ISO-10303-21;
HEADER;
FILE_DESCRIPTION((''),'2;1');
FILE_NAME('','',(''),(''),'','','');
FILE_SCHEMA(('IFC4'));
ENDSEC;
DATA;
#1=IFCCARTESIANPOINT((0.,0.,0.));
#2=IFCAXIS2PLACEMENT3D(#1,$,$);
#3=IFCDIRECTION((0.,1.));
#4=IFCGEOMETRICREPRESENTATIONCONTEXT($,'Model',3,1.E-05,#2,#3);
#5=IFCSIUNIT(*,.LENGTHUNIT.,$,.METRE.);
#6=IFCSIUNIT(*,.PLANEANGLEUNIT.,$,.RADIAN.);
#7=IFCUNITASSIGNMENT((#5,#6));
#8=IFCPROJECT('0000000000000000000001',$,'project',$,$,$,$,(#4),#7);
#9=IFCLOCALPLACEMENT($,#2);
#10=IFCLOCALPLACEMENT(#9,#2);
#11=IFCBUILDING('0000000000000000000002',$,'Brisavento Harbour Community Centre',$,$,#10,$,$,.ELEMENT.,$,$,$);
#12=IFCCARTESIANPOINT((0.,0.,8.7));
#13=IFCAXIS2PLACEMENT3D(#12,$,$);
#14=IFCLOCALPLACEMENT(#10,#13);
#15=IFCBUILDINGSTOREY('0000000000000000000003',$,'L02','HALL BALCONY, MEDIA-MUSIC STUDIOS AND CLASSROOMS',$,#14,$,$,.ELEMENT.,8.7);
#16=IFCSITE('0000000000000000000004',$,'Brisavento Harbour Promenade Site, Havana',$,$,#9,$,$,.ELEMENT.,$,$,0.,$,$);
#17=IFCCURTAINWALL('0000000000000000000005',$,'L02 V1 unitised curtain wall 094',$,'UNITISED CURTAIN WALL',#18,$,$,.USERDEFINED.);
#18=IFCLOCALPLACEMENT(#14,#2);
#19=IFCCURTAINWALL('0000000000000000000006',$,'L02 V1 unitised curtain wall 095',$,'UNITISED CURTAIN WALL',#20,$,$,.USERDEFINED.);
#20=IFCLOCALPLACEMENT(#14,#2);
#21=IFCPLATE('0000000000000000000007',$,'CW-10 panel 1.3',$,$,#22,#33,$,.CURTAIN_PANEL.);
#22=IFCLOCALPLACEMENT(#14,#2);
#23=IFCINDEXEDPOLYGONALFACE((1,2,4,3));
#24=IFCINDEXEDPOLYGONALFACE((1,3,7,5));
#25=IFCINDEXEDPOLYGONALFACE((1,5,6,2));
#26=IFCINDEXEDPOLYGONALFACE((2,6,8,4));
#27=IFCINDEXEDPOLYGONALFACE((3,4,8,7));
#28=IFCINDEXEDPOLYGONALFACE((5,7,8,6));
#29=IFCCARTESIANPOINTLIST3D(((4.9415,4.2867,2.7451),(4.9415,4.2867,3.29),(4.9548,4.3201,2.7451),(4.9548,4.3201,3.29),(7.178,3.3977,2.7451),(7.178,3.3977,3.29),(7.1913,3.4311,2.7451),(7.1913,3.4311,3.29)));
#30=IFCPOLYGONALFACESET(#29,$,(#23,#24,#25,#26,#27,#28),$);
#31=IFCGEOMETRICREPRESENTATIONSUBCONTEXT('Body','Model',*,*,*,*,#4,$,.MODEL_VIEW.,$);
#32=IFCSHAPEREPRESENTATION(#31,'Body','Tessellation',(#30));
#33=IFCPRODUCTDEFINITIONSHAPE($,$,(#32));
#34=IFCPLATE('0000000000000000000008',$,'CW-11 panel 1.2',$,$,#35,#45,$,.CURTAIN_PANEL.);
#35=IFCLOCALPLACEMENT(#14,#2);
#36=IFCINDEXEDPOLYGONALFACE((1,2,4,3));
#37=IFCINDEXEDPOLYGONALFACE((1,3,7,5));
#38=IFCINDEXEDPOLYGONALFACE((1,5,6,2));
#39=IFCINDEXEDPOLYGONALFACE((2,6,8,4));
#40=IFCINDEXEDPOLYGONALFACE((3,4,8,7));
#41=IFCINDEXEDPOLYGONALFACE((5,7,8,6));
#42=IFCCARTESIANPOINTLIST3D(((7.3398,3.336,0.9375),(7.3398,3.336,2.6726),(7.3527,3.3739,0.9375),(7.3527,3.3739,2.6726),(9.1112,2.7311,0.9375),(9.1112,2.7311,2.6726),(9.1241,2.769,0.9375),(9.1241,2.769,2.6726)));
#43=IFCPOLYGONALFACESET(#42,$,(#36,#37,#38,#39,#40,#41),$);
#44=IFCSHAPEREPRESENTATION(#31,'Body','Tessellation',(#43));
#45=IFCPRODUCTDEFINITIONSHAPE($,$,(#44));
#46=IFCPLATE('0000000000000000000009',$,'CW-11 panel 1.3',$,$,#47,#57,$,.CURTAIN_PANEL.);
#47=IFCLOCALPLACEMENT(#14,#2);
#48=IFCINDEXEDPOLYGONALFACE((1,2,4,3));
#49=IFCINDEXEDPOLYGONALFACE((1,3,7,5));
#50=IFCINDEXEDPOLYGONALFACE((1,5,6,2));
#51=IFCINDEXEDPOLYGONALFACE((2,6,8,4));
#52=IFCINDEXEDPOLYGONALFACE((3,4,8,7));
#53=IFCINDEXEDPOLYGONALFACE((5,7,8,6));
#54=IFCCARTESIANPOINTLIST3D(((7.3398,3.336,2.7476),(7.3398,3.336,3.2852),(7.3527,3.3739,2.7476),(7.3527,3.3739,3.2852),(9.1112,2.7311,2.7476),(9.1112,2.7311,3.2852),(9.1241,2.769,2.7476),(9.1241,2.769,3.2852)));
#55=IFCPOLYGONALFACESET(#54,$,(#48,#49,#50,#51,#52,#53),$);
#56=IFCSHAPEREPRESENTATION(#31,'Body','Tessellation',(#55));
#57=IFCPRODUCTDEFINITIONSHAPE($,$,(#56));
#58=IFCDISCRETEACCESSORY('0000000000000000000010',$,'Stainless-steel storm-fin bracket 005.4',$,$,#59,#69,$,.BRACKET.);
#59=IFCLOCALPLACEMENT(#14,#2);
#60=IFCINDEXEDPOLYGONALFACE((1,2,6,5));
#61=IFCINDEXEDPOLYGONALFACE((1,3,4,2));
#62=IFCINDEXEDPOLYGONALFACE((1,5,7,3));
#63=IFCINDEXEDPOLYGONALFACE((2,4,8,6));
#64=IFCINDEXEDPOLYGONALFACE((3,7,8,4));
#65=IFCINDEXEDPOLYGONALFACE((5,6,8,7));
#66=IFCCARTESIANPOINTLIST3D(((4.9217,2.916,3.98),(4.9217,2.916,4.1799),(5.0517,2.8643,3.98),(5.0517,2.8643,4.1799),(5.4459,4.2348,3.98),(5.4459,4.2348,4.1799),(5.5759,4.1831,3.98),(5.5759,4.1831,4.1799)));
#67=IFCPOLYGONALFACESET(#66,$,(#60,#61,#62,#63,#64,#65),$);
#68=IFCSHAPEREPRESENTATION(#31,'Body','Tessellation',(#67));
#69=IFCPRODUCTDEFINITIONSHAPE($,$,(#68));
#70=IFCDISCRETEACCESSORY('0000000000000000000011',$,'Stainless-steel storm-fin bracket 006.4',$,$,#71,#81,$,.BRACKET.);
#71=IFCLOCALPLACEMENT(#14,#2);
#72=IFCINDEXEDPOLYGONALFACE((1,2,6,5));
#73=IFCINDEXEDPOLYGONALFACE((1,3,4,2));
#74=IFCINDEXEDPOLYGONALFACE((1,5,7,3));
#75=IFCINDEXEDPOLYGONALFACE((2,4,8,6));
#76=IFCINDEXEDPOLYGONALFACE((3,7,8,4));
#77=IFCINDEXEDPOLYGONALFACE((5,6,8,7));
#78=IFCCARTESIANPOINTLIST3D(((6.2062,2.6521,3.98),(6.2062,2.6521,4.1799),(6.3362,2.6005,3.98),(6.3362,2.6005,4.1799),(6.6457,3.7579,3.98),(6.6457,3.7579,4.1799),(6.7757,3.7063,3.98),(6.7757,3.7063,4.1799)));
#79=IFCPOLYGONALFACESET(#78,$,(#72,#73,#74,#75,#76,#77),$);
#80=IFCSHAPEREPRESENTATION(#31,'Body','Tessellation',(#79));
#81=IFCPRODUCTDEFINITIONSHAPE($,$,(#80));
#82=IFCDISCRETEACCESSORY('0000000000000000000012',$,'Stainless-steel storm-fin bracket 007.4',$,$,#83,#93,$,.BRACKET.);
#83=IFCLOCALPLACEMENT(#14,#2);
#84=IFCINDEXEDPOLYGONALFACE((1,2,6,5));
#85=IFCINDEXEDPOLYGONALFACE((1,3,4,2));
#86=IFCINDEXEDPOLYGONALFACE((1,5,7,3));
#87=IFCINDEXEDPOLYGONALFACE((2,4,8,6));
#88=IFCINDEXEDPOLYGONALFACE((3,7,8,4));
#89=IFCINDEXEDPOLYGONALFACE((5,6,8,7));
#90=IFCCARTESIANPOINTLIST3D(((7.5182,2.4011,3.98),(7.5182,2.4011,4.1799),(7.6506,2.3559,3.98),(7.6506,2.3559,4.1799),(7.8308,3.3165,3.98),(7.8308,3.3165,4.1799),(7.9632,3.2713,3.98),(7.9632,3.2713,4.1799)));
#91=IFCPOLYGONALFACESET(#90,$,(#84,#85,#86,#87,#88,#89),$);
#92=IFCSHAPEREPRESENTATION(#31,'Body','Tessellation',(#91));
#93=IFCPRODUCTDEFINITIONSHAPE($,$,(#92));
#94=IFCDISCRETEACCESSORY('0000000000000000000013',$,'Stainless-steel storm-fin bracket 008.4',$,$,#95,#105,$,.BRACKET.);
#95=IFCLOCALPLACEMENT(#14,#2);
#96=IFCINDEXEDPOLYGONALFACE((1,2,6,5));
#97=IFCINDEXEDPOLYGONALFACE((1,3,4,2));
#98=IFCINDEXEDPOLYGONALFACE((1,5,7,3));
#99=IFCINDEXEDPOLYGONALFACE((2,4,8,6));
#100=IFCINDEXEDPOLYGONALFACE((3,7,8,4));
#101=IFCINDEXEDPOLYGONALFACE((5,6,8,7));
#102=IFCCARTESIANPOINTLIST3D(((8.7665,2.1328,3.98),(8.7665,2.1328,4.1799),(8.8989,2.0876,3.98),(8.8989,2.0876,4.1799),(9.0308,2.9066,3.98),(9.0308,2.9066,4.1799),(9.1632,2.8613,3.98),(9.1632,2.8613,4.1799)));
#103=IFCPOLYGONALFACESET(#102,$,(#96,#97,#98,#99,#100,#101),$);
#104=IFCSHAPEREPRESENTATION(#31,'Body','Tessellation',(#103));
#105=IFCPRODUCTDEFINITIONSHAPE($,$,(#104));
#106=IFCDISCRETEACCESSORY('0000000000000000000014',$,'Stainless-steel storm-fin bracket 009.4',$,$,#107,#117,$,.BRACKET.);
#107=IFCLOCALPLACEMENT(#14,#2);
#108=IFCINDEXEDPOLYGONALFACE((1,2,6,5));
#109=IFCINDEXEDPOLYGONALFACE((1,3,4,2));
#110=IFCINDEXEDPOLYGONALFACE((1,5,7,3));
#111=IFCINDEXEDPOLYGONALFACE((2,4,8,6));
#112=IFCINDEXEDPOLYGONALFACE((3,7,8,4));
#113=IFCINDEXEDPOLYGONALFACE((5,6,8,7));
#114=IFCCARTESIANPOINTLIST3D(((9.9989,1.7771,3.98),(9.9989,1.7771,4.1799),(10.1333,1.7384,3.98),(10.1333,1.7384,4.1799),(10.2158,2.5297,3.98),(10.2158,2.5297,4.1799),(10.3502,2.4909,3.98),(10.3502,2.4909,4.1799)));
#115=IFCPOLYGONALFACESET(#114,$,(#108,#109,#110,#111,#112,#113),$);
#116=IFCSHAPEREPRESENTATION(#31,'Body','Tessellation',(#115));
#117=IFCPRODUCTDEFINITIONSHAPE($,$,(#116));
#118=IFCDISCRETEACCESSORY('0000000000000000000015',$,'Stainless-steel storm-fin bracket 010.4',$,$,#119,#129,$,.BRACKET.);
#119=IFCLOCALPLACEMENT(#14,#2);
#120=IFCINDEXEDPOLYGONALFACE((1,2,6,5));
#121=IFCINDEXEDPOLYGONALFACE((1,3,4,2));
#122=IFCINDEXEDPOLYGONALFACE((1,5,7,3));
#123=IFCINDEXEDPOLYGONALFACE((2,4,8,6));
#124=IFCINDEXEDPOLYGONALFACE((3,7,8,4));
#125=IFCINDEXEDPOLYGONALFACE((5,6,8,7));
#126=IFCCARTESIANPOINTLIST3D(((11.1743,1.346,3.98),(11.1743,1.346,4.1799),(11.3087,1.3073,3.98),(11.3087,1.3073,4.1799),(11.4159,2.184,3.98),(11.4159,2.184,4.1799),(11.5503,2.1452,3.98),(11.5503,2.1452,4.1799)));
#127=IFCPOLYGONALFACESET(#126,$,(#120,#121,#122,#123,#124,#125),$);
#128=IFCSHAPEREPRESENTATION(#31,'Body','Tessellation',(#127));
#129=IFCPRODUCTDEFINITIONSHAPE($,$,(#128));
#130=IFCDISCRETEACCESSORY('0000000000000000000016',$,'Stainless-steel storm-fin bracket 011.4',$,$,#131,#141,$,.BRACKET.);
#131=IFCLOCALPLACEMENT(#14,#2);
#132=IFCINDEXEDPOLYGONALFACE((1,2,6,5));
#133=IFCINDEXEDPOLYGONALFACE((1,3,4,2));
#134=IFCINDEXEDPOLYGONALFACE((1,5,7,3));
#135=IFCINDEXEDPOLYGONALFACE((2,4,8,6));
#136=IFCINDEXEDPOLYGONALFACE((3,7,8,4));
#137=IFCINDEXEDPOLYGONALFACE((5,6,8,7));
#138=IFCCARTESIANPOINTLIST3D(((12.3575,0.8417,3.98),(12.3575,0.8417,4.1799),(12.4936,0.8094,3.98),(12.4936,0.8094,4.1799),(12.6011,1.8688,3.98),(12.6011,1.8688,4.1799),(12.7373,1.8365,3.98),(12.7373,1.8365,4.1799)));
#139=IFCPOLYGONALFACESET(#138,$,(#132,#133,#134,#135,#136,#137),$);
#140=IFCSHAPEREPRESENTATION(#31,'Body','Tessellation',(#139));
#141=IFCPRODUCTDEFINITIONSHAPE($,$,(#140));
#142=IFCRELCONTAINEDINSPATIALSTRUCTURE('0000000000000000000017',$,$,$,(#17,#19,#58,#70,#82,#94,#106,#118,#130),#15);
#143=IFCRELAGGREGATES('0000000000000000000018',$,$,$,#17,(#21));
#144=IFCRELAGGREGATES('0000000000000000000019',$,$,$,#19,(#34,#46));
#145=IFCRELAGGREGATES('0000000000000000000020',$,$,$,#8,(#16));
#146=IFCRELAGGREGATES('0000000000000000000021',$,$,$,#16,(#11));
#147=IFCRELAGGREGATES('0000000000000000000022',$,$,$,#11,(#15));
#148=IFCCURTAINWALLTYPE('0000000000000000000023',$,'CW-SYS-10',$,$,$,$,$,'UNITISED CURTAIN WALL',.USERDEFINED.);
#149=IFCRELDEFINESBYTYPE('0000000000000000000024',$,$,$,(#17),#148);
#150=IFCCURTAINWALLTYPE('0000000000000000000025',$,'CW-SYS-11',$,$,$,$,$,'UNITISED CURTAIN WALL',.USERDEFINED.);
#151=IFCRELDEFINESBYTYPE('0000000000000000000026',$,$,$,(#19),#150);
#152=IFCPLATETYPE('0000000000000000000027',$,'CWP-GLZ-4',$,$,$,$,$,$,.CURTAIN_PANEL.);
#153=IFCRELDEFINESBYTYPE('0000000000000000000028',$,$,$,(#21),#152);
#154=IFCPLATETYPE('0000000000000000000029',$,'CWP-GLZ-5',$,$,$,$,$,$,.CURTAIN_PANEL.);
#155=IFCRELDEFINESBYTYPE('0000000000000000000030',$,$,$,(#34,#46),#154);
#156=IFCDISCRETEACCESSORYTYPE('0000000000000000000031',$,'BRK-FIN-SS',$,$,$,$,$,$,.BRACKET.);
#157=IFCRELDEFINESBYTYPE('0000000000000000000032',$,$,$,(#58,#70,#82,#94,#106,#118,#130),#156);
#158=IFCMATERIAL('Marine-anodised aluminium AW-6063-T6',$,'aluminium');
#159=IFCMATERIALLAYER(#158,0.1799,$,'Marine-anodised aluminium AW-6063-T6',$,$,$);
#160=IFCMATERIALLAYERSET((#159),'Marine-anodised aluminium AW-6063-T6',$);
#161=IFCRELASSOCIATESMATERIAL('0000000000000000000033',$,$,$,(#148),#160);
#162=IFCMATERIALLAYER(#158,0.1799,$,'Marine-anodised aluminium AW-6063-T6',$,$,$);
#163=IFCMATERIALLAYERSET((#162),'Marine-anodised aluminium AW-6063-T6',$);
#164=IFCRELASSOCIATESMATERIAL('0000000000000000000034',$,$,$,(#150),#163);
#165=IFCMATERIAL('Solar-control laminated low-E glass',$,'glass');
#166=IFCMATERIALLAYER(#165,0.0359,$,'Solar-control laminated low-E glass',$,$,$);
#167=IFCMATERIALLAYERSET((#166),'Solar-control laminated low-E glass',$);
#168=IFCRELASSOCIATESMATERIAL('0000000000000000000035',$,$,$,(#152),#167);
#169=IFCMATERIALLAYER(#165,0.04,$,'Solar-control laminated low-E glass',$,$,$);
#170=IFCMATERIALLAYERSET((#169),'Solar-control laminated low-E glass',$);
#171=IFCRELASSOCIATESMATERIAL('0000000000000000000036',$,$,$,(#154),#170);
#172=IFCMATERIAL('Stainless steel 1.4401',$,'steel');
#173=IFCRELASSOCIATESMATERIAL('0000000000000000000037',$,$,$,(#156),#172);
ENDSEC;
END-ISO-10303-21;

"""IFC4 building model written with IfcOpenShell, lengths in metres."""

from ifc_helpers import new_model, si_unit, direction, frame, origin, origin_2d, place, context, subcontext, project, spatial, rectangle, extrude, material, layer, layer_set, type_object, element, aggregate, save


model = new_model("IFC4")

# Units and contexts
model_context = context("Model", 3, precision=1e-05, world=origin(), true_north=direction((0.0, 1.0)))
body_context = subcontext(model_context, "Body", "Model", "MODEL_VIEW")
ifc_project = project(units=[si_unit("LENGTHUNIT", "METRE"), si_unit("PLANEANGLEUNIT", "RADIAN")], contexts=[model_context])

# Site, building, storey
site_placement = place(None, origin())
site = spatial("IfcSite", under=ifc_project, at=site_placement, Name="Brisavento Harbour Promenade Site, Havana", CompositionType="ELEMENT", RefElevation=0.0)
building_placement = place(site_placement, origin())
building = spatial("IfcBuilding", under=site, at=building_placement, Name="Brisavento Harbour Community Centre", CompositionType="ELEMENT")
storey_placement = place(building_placement, frame((0.0, 0.0, 8.7)))
storey = spatial("IfcBuildingStorey", under=building, at=storey_placement, Name="L02", Description="HALL BALCONY, MEDIA-MUSIC STUDIOS AND CLASSROOMS", CompositionType="ELEMENT", Elevation=8.7)

# Curtain walls
ifc_material_1 = material(Name="Marine-anodised aluminium AW-6063-T6", Category="aluminium")
ifc_layer_1 = layer(ifc_material_1, 0.1799, Name="Marine-anodised aluminium AW-6063-T6")
ifc_layer_set_1 = layer_set([ifc_layer_1], Name="Marine-anodised aluminium AW-6063-T6")
curtain_wall_type_1 = type_object("IfcCurtainWallType", Name="CW-SYS-10", ElementType="UNITISED CURTAIN WALL", PredefinedType="USERDEFINED", material=ifc_layer_set_1)
curtain_wall_1_placement = place(storey_placement, origin())
curtain_wall_1 = element("IfcCurtainWall", 1, at=curtain_wall_1_placement, inside=storey, type_object=curtain_wall_type_1, Name="L02 V1 unitised curtain wall 094", ObjectType="UNITISED CURTAIN WALL", PredefinedType="USERDEFINED")
ifc_layer_2 = layer(ifc_material_1, 0.1799, Name="Marine-anodised aluminium AW-6063-T6")
ifc_layer_set_2 = layer_set([ifc_layer_2], Name="Marine-anodised aluminium AW-6063-T6")
curtain_wall_type_2 = type_object("IfcCurtainWallType", Name="CW-SYS-11", ElementType="UNITISED CURTAIN WALL", PredefinedType="USERDEFINED", material=ifc_layer_set_2)
curtain_wall_2_placement = place(storey_placement, origin())
curtain_wall_2 = element("IfcCurtainWall", 2, at=curtain_wall_2_placement, inside=storey, type_object=curtain_wall_type_2, Name="L02 V1 unitised curtain wall 095", ObjectType="UNITISED CURTAIN WALL", PredefinedType="USERDEFINED")

# Shared definitions
ifc_material_2 = material(Name="Solar-control laminated low-E glass", Category="glass")

# Plates
ifc_layer_3 = layer(ifc_material_2, 0.0359, Name="Solar-control laminated low-E glass")
ifc_layer_set_3 = layer_set([ifc_layer_3], Name="Solar-control laminated low-E glass")
plate_type_1 = type_object("IfcPlateType", Name="CWP-GLZ-4", PredefinedType="CURTAIN_PANEL", material=ifc_layer_set_3)
plate_1_placement = place(storey_placement, frame((6.0664, 3.8589, 2.7451), z_axis=(0.0, 0.0, 1.0), x_axis=(-0.929279, 0.369379, 0.0)))
plate_1 = element("IfcPlate", 3, at=plate_1_placement, type_object=plate_type_1, Name="CW-10 panel 1.3", PredefinedType="CURTAIN_PANEL", context=body_context, shape_type="SweptSolid", body=[
    extrude(rectangle(XDim=2.4067, YDim=0.0359, at=origin_2d()), origin(), (0.0, 0.0, 1.0), 0.5449),
])
aggregate(curtain_wall_1, [plate_1])
ifc_layer_4 = layer(ifc_material_2, 0.04, Name="Solar-control laminated low-E glass")
ifc_layer_set_4 = layer_set([ifc_layer_4], Name="Solar-control laminated low-E glass")
plate_type_2 = type_object("IfcPlateType", Name="CWP-GLZ-5", PredefinedType="CURTAIN_PANEL", material=ifc_layer_set_4)
plate_2_placement = place(storey_placement, frame((8.2319, 3.0525, 0.9375), z_axis=(0.0, 0.0, 1.0), x_axis=(-0.946338, 0.323178, 0.0)))
plate_2 = element("IfcPlate", 4, at=plate_2_placement, type_object=plate_type_2, Name="CW-11 panel 1.2", PredefinedType="CURTAIN_PANEL", context=body_context, shape_type="SweptSolid", body=[
    extrude(rectangle(XDim=1.8718, YDim=0.04, at=origin_2d()), origin(), (0.0, 0.0, 1.0), 1.7351),
])
plate_3_placement = place(storey_placement, frame((8.2319, 3.0525, 2.7476), z_axis=(0.0, 0.0, 1.0), x_axis=(-0.946338, 0.323178, 0.0)))
plate_3 = element("IfcPlate", 5, at=plate_3_placement, type_object=plate_type_2, Name="CW-11 panel 1.3", PredefinedType="CURTAIN_PANEL", context=body_context, shape_type="SweptSolid", body=[
    extrude(rectangle(XDim=1.8718, YDim=0.04, at=origin_2d()), origin(), (0.0, 0.0, 1.0), 0.5376),
])
aggregate(curtain_wall_2, [plate_2, plate_3])

# Discrete accessories
ifc_material_3 = material(Name="Stainless steel 1.4401", Category="steel")
discrete_accessory_type = type_object("IfcDiscreteAccessoryType", Name="BRK-FIN-SS", PredefinedType="BRACKET", material=ifc_material_3)
discrete_accessory_1_placement = place(storey_placement, frame((5.2488, 3.5496, 3.98), z_axis=(0.0, 0.0, 1.0), x_axis=(-0.369341, -0.929294, 0.0)))
element("IfcDiscreteAccessory", 6, at=discrete_accessory_1_placement, inside=storey, type_object=discrete_accessory_type, Name="Stainless-steel storm-fin bracket 005.4", PredefinedType="BRACKET", context=body_context, shape_type="SweptSolid", body=[
    extrude(rectangle(XDim=1.4192, YDim=0.1399, at=origin_2d()), origin(), (0.0, 0.0, 1.0), 0.2),
])
discrete_accessory_2_placement = place(storey_placement, frame((6.491, 3.1792, 3.98), z_axis=(0.0, 0.0, 1.0), x_axis=(-0.369341, -0.929294, 0.0)))
element("IfcDiscreteAccessory", 7, at=discrete_accessory_2_placement, inside=storey, type_object=discrete_accessory_type, Name="Stainless-steel storm-fin bracket 006.4", PredefinedType="BRACKET", context=body_context, shape_type="SweptSolid", body=[
    extrude(rectangle(XDim=1.1899, YDim=0.1399, at=origin_2d()), origin(), (0.0, 0.0, 1.0), 0.2),
])
discrete_accessory_3_placement = place(storey_placement, frame((7.7407, 2.8362, 3.98), z_axis=(0.0, 0.0, 1.0), x_axis=(-0.323174, -0.946339, 0.0)))
element("IfcDiscreteAccessory", 8, at=discrete_accessory_3_placement, inside=storey, type_object=discrete_accessory_type, Name="Stainless-steel storm-fin bracket 007.4", PredefinedType="BRACKET", context=body_context, shape_type="SweptSolid", body=[
    extrude(rectangle(XDim=0.9673, YDim=0.1399, at=origin_2d()), origin(), (0.0, 0.0, 1.0), 0.2),
])
discrete_accessory_4_placement = place(storey_placement, frame((8.9648, 2.4971, 3.98), z_axis=(0.0, 0.0, 1.0), x_axis=(-0.323174, -0.946339, 0.0)))
element("IfcDiscreteAccessory", 9, at=discrete_accessory_4_placement, inside=storey, type_object=discrete_accessory_type, Name="Stainless-steel storm-fin bracket 008.4", PredefinedType="BRACKET", context=body_context, shape_type="SweptSolid", body=[
    extrude(rectangle(XDim=0.8176, YDim=0.1399, at=origin_2d()), origin(), (0.0, 0.0, 1.0), 0.2),
])
discrete_accessory_5_placement = place(storey_placement, frame((10.1746, 2.134, 3.98), z_axis=(0.0, 0.0, 1.0), x_axis=(-0.276996, -0.960871, 0.0)))
element("IfcDiscreteAccessory", 10, at=discrete_accessory_5_placement, inside=storey, type_object=discrete_accessory_type, Name="Stainless-steel storm-fin bracket 009.4", PredefinedType="BRACKET", context=body_context, shape_type="SweptSolid", body=[
    extrude(rectangle(XDim=0.7832, YDim=0.1399, at=origin_2d()), origin(), (0.0, 0.0, 1.0), 0.2),
])
discrete_accessory_6_placement = place(storey_placement, frame((11.3623, 1.7456, 3.98), z_axis=(0.0, 0.0, 1.0), x_axis=(-0.276996, -0.960871, 0.0)))
element("IfcDiscreteAccessory", 11, at=discrete_accessory_6_placement, inside=storey, type_object=discrete_accessory_type, Name="Stainless-steel storm-fin bracket 010.4", PredefinedType="BRACKET", context=body_context, shape_type="SweptSolid", body=[
    extrude(rectangle(XDim=0.8721, YDim=0.1399, at=origin_2d()), origin(), (0.0, 0.0, 1.0), 0.2),
])
discrete_accessory_7_placement = place(storey_placement, frame((12.5474, 1.3391, 3.98), z_axis=(0.0, 0.0, 1.0), x_axis=(-0.230831, -0.972994, 0.0)))
element("IfcDiscreteAccessory", 12, at=discrete_accessory_7_placement, inside=storey, type_object=discrete_accessory_type, Name="Stainless-steel storm-fin bracket 011.4", PredefinedType="BRACKET", context=body_context, shape_type="SweptSolid", body=[
    extrude(rectangle(XDim=1.0557, YDim=0.1399, at=origin_2d()), origin(), (0.0, 0.0, 1.0), 0.2),
])

save(model, "model.ifc")
